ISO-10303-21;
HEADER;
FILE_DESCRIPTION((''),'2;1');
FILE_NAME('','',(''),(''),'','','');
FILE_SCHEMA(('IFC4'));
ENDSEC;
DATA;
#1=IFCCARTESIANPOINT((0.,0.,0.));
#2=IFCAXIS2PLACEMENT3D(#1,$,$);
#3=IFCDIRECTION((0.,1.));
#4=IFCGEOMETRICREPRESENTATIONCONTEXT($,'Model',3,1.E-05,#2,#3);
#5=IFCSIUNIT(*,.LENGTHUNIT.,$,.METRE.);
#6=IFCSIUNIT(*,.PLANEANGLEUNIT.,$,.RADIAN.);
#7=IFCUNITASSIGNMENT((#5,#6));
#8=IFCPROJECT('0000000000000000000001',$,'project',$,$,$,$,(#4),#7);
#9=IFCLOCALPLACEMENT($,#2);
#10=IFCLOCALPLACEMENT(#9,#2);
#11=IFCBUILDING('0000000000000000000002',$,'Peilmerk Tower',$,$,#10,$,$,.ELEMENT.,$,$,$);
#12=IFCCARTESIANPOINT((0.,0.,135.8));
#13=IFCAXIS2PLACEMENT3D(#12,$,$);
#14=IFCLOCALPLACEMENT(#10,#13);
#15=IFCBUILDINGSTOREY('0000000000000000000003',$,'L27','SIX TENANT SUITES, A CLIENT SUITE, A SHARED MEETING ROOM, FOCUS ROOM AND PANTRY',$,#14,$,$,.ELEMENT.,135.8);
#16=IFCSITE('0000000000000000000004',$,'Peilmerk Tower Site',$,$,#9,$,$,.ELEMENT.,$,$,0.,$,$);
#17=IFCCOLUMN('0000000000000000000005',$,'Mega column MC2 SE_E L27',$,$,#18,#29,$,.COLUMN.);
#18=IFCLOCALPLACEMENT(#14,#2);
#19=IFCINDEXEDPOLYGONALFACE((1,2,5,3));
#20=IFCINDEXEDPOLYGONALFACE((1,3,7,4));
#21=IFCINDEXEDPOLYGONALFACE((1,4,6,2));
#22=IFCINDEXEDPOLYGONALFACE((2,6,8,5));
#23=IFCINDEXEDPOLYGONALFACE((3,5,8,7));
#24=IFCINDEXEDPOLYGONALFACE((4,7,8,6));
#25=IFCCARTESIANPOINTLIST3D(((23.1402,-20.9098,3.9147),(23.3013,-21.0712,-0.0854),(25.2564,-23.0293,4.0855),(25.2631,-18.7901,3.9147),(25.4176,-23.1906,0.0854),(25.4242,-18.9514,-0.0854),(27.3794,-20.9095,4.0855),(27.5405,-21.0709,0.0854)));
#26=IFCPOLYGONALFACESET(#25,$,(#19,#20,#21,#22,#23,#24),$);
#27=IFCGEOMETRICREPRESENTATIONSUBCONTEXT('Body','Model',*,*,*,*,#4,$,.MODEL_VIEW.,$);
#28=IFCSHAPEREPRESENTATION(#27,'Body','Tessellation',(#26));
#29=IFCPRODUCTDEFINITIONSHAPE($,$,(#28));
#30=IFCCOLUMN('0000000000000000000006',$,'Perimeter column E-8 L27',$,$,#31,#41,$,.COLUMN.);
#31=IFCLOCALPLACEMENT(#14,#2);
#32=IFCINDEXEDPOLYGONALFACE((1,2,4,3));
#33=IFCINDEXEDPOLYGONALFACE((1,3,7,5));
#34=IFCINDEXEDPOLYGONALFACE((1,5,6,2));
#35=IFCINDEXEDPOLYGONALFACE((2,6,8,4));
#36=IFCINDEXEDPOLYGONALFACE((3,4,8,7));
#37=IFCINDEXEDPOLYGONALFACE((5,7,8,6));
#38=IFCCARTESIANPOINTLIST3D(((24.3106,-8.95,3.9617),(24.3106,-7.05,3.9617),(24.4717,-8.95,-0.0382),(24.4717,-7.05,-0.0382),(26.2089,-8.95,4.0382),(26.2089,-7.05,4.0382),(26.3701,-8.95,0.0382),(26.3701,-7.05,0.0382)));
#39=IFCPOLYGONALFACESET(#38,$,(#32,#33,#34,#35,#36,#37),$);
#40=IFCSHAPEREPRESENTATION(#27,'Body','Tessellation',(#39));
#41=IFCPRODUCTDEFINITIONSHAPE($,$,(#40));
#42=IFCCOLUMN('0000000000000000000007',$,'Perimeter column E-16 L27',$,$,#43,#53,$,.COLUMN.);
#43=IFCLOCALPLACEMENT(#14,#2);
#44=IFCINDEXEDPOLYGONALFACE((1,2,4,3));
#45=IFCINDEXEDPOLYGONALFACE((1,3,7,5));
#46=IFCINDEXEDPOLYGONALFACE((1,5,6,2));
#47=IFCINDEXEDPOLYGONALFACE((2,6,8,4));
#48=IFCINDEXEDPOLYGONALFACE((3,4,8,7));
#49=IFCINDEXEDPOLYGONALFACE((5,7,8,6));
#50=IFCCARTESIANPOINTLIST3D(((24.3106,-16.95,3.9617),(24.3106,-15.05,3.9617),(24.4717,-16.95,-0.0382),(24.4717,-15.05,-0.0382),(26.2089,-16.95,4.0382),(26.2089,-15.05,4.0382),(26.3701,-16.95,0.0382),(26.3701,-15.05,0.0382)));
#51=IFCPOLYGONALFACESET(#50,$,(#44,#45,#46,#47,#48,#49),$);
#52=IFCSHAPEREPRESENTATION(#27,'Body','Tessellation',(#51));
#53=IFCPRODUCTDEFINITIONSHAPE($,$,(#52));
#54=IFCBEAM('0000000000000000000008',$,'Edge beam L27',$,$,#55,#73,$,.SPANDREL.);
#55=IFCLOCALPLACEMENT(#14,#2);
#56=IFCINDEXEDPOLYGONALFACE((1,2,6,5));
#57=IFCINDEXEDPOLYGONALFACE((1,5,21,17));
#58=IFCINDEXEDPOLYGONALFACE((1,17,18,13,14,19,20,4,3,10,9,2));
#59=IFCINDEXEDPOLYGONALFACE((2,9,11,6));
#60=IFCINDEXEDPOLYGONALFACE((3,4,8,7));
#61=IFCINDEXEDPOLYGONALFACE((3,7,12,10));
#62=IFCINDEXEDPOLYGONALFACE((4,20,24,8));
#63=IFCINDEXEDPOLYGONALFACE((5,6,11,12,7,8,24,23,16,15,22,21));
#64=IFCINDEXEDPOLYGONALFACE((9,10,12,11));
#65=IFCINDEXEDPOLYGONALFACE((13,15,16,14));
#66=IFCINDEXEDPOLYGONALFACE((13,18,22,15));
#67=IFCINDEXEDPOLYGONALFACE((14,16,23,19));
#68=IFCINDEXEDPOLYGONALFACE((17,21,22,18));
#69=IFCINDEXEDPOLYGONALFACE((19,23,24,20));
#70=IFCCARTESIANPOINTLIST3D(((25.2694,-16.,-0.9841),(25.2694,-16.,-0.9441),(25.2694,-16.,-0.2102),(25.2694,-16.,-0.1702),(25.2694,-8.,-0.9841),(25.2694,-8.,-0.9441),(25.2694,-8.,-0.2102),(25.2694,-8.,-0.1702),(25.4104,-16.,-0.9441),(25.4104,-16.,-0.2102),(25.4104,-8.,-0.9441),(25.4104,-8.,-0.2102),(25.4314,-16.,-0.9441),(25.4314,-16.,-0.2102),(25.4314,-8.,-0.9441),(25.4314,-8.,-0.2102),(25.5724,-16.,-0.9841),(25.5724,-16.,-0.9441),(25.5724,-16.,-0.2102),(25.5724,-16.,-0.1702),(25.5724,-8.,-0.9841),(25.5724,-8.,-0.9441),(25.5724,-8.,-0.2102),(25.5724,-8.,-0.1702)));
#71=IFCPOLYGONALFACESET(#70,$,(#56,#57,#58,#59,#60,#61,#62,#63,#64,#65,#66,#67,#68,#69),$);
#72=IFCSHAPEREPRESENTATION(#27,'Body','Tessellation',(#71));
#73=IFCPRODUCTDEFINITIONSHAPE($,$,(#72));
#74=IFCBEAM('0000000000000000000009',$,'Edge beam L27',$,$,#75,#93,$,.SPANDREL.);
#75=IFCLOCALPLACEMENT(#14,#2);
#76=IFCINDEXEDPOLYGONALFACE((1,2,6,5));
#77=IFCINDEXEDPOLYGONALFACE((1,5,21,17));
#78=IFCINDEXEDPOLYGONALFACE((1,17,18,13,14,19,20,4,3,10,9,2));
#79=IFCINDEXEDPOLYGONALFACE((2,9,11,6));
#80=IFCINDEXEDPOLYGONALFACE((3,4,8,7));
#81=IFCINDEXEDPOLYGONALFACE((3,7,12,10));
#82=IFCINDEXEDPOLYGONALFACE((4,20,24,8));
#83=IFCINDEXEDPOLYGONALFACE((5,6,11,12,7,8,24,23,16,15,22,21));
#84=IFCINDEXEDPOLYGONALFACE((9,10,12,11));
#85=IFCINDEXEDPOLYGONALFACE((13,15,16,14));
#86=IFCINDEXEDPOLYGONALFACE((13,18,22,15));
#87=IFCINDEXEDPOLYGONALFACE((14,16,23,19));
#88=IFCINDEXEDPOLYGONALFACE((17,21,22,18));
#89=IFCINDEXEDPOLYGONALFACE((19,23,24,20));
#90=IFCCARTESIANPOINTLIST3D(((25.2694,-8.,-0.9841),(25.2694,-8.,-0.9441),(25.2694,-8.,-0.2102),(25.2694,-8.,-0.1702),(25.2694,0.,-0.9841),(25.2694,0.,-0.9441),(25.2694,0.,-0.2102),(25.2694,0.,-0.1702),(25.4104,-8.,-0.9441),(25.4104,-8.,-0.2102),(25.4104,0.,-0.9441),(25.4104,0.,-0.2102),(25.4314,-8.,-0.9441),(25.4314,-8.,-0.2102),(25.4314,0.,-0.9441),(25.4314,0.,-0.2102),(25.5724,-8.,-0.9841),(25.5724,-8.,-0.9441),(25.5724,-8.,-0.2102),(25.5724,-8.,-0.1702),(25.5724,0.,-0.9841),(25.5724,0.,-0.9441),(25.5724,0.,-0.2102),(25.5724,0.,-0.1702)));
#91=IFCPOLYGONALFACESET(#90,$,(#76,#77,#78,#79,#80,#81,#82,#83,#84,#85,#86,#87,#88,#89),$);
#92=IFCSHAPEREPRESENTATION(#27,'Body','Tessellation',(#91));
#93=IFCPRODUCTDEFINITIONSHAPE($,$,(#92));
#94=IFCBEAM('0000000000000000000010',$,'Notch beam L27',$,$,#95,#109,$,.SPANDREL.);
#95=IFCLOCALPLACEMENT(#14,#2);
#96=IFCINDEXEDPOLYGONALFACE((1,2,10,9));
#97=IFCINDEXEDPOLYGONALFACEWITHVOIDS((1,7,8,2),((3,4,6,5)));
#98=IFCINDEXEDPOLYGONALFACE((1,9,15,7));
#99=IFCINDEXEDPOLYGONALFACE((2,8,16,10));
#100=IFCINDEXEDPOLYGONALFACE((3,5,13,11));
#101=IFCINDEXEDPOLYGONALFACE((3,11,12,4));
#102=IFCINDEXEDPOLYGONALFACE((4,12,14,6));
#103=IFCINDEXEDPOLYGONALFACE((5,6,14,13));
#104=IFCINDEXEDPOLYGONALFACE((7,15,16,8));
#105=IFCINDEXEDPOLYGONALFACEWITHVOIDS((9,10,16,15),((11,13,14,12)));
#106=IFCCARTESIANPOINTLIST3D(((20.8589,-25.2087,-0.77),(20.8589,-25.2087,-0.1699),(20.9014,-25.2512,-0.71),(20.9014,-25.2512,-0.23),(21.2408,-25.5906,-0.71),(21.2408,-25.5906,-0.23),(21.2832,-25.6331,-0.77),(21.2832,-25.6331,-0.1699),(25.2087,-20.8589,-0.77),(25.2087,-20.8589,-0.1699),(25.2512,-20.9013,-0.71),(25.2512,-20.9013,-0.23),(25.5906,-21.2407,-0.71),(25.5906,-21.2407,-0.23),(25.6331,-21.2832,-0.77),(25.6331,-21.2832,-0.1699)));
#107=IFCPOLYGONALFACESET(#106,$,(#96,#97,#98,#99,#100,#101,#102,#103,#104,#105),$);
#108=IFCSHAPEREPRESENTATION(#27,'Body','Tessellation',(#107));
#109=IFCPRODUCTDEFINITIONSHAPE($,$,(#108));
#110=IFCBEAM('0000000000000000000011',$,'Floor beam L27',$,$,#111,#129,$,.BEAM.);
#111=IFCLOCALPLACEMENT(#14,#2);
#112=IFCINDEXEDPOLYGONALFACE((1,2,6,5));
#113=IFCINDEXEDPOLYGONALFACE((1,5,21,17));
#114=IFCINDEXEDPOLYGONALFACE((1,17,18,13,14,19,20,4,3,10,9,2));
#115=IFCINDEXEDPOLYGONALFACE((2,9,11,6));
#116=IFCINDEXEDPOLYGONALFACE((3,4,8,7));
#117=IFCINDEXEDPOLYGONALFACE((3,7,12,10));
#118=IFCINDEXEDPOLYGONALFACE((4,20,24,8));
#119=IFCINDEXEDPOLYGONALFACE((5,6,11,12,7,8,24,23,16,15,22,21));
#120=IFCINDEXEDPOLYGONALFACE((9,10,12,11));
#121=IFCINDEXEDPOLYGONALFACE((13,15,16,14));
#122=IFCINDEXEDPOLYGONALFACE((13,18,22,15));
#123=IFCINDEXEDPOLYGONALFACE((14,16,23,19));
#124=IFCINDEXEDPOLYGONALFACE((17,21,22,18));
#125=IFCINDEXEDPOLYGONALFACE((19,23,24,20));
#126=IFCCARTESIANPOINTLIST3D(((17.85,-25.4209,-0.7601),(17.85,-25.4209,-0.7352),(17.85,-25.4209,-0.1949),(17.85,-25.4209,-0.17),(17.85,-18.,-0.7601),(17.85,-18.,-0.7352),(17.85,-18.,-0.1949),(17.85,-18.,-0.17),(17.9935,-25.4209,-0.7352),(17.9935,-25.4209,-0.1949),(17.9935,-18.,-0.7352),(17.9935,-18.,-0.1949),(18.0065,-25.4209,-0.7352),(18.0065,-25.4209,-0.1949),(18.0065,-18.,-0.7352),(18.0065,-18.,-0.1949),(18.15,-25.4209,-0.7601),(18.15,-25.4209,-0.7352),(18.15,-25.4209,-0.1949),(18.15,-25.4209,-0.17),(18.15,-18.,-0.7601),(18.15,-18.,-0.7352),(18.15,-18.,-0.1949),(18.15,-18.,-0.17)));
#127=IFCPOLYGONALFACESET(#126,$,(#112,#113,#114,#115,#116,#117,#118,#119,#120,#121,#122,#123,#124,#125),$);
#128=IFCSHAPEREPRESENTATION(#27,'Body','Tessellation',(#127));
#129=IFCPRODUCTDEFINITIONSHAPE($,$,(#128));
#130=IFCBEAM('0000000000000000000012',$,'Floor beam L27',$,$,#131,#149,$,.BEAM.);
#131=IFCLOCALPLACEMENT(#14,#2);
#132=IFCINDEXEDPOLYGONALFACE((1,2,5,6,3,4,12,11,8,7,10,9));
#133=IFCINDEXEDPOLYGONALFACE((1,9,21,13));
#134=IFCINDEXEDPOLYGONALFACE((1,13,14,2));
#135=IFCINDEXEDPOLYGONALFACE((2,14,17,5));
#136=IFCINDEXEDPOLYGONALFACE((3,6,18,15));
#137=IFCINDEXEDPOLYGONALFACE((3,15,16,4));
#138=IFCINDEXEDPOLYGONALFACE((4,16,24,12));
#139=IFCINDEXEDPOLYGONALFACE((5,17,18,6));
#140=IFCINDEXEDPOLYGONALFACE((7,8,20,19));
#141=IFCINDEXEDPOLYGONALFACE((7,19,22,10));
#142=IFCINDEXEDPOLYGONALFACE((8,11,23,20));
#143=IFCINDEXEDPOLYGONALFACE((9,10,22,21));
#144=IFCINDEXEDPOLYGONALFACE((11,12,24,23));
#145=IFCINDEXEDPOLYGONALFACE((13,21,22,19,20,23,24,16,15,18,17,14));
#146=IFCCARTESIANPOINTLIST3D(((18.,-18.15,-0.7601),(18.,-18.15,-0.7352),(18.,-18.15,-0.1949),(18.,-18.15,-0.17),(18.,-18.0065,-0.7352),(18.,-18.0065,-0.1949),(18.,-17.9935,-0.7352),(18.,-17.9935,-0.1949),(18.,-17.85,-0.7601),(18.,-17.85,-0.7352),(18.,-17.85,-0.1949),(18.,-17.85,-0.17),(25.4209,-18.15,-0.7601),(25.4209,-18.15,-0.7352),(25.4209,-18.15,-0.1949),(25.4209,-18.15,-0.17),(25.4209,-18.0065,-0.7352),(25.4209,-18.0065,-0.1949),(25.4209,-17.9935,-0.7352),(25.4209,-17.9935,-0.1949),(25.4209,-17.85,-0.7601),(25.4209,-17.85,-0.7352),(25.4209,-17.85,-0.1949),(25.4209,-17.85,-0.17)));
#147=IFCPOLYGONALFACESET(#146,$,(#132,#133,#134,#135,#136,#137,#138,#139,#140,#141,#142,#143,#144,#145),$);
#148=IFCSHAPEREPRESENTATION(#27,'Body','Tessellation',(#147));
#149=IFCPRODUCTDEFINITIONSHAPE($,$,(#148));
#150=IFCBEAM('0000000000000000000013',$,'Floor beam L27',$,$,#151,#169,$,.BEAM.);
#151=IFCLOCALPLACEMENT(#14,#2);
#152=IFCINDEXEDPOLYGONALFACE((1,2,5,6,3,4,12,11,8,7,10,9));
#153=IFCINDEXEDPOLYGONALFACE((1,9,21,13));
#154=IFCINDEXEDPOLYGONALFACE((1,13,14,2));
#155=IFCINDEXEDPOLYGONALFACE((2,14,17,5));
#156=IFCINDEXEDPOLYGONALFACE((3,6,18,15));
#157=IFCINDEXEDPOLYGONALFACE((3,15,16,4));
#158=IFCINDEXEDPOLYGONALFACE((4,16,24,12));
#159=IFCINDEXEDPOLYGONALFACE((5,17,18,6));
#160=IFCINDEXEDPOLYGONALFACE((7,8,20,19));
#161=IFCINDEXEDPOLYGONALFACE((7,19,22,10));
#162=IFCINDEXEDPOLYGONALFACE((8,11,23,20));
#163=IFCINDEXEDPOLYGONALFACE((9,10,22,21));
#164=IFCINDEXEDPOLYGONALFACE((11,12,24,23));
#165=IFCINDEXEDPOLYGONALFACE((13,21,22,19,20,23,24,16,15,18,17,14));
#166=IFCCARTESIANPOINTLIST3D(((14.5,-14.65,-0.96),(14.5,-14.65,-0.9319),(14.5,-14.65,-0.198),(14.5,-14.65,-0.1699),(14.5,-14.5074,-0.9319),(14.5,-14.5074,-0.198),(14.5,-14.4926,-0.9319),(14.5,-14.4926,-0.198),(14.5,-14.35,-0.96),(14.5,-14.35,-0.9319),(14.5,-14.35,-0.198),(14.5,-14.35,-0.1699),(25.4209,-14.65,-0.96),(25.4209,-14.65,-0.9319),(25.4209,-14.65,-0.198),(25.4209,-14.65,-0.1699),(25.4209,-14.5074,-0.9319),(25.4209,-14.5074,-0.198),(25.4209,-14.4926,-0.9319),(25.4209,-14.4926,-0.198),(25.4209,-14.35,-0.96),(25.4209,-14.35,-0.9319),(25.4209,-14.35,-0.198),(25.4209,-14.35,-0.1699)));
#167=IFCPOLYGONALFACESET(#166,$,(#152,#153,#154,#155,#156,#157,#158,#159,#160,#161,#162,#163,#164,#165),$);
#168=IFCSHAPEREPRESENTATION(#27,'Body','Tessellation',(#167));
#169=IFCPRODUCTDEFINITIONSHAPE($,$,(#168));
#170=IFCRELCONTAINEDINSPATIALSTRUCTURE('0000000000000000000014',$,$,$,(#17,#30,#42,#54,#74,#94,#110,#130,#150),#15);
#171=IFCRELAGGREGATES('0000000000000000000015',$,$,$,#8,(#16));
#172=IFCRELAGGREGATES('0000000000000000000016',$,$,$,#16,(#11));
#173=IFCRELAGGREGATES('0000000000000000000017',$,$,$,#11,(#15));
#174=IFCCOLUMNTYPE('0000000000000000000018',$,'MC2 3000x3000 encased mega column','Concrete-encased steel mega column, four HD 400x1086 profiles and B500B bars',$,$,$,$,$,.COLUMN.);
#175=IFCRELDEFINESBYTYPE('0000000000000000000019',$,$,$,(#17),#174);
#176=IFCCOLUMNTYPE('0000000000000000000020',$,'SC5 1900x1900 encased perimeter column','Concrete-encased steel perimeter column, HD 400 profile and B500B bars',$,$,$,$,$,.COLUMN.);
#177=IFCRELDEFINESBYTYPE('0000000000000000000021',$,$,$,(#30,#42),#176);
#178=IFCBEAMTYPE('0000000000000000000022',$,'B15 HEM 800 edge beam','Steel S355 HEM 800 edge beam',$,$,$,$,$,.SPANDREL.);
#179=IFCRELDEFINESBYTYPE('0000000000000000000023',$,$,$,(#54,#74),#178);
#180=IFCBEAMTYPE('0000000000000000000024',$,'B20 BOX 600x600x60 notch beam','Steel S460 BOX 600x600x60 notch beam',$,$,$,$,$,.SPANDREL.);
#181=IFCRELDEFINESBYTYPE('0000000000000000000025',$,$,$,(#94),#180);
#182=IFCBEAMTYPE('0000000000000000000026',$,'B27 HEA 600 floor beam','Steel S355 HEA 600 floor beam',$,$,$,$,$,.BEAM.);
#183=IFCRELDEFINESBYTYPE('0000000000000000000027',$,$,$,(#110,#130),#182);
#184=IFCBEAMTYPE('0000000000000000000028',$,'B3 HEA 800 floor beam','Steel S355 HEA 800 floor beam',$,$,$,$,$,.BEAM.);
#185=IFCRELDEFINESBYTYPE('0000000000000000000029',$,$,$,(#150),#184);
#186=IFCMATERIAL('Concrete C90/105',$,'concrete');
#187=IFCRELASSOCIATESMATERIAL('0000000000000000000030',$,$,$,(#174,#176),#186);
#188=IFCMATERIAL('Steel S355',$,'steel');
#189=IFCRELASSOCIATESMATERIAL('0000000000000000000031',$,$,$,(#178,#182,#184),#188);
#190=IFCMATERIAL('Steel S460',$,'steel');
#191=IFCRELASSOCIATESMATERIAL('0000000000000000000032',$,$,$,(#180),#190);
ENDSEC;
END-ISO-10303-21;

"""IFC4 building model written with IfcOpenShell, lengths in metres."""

from ifc_helpers import new_model, si_unit, direction, frame, origin, origin_2d, place, context, subcontext, project, spatial, rectangle, hollow_rectangle, i_section, extrude, material, material_profile, profile_set, type_object, element, save


model = new_model("IFC4")

# Units and contexts
model_context = context("Model", 3, precision=1e-05, world=origin(), true_north=direction((0.0, 1.0)))
body_context = subcontext(model_context, "Body", "Model", "MODEL_VIEW")
ifc_project = project(units=[si_unit("LENGTHUNIT", "METRE"), si_unit("PLANEANGLEUNIT", "RADIAN")], contexts=[model_context])

# Site, building, storey
site_placement = place(None, origin())
site = spatial("IfcSite", under=ifc_project, at=site_placement, Name="Peilmerk Tower Site", CompositionType="ELEMENT", RefElevation=0.0)
building_placement = place(site_placement, origin())
building = spatial("IfcBuilding", under=site, at=building_placement, Name="Peilmerk Tower", CompositionType="ELEMENT")
storey_placement = place(building_placement, frame((0.0, 0.0, 135.8)))
storey = spatial("IfcBuildingStorey", under=building, at=storey_placement, Name="L27", Description="SIX TENANT SUITES, A CLIENT SUITE, A SHARED MEETING ROOM, FOCUS ROOM AND PANTRY", CompositionType="ELEMENT", Elevation=135.8)

# Columns
ifc_material_1 = material(Name="Concrete C90/105", Category="concrete")
ifc_material_profile_1 = material_profile(ifc_material_1, rectangle(XDim=3.0, YDim=3.0, at=origin_2d()), Name="RC 3000x3000")
ifc_profile_set_1 = profile_set([ifc_material_profile_1], Name="Concrete C90/105")
column_type_1 = type_object("IfcColumnType", Name="MC2 3000x3000 encased mega column", Description="Concrete-encased steel mega column, four HD 400x1086 profiles and B500B bars", PredefinedType="COLUMN", material=ifc_profile_set_1)
column_placement = place(storey_placement, frame((25.4209, -21.071, 0.0), z_axis=(-0.040218, 0.040279, 0.998379), x_axis=(-0.707642, -0.706571, 0.0)))
element("IfcColumn", 1, at=column_placement, inside=storey, type_object=column_type_1, Name="Mega column MC2 SE_E L27", PredefinedType="COLUMN", context=body_context, shape_type="SweptSolid", body=[
    extrude(rectangle(XDim=3.0, YDim=3.0, at=origin_2d()), origin(), (0.0, 0.0, 1.0), 4.0066),
])
ifc_material_profile_2 = material_profile(ifc_material_1, rectangle(XDim=1.8999, YDim=1.8999, at=origin_2d()), Name="RC 1900x1900")
ifc_profile_set_2 = profile_set([ifc_material_profile_2], Name="Concrete C90/105")
column_type_2 = type_object("IfcColumnType", Name="SC5 1900x1900 encased perimeter column", Description="Concrete-encased steel perimeter column, HD 400 profile and B500B bars", PredefinedType="COLUMN", material=ifc_profile_set_2)
for number, where, z_axis, x_axis, name in (
    (2, (25.4209, -8.0, 0.0), (-0.040251, 0.0, 0.99919), (0.0, -1.0, 0.0), "Perimeter column E-8 L27"),
    (3, (25.4209, -16.0, 0.0), (-0.040251, 0.0, 0.99919), (0.0, -1.0, 0.0), "Perimeter column E-16 L27"),
):
    element("IfcColumn", number, at=place(storey_placement, frame(where, z_axis=z_axis, x_axis=x_axis)), inside=storey, type_object=column_type_2, Name=name, PredefinedType="COLUMN", context=body_context, shape_type="SweptSolid", body=[
        extrude(rectangle(XDim=1.8999, YDim=1.8999, at=origin_2d()), origin(), (0.0, 0.0, 1.0), 4.0032),
    ])

# Beams
ifc_material_2 = material(Name="Steel S355", Category="steel")
ifc_material_profile_3 = material_profile(ifc_material_2, i_section(OverallWidth=0.303, OverallDepth=0.814, WebThickness=0.021, FlangeThickness=0.04, at=origin_2d()), Name="HEM 800")
ifc_profile_set_3 = profile_set([ifc_material_profile_3], Name="Steel S355")
beam_type_1 = type_object("IfcBeamType", Name="B15 HEM 800 edge beam", Description="Steel S355 HEM 800 edge beam", PredefinedType="SPANDREL", material=ifc_profile_set_3)
for number, where, z_axis, x_axis, name in (
    (4, (25.4209, -16.0, -0.5771), (0.0, 1.0, 0.0), (-1.0, 0.0, 0.0), "Edge beam L27"),
    (5, (25.4209, -8.0, -0.5771), (0.0, 1.0, 0.0), (-1.0, 0.0, 0.0), "Edge beam L27"),
):
    element("IfcBeam", number, at=place(storey_placement, frame(where, z_axis=z_axis, x_axis=x_axis)), inside=storey, type_object=beam_type_1, Name=name, PredefinedType="SPANDREL", context=body_context, shape_type="SweptSolid", body=[
        extrude(i_section(OverallWidth=0.303, OverallDepth=0.814, WebThickness=0.021, FlangeThickness=0.04, at=origin_2d()), origin(), (0.0, 0.0, 1.0), 8.0),
    ])
ifc_material_3 = material(Name="Steel S460", Category="steel")
ifc_material_profile_4 = material_profile(ifc_material_3, hollow_rectangle(XDim=0.6001, YDim=0.6001, WallThickness=0.0601, at=origin_2d()), Name="BOX 600x600x60")
ifc_profile_set_4 = profile_set([ifc_material_profile_4], Name="Steel S460")
beam_type_2 = type_object("IfcBeamType", Name="B20 BOX 600x600x60 notch beam", Description="Steel S460 BOX 600x600x60 notch beam", PredefinedType="SPANDREL", material=ifc_profile_set_4)
beam_1_placement = place(storey_placement, frame((25.4209, -21.071, -0.47), z_axis=(-0.707107, -0.707107, 0.0), x_axis=(0.707107, -0.707107, 0.0)))
element("IfcBeam", 6, at=beam_1_placement, inside=storey, type_object=beam_type_2, Name="Notch beam L27", PredefinedType="SPANDREL", context=body_context, shape_type="SweptSolid", body=[
    extrude(hollow_rectangle(XDim=0.6001, YDim=0.6001, WallThickness=0.0601, at=origin_2d()), origin(), (0.0, 0.0, 1.0), 6.1516),
])
ifc_material_profile_5 = material_profile(ifc_material_2, i_section(OverallWidth=0.3, OverallDepth=0.5901, WebThickness=0.0129, FlangeThickness=0.0249, at=origin_2d()), Name="HEA 600")
ifc_profile_set_5 = profile_set([ifc_material_profile_5], Name="Steel S355")
beam_type_3 = type_object("IfcBeamType", Name="B27 HEA 600 floor beam", Description="Steel S355 HEA 600 floor beam", PredefinedType="BEAM", material=ifc_profile_set_5)
for number, where, z_axis, x_axis, name in (
    (7, (18.0, -18.0, -0.4651), (0.0, -1.0, 0.0), (1.0, 0.0, 0.0), "Floor beam L27"),
    (8, (18.0, -18.0, -0.4651), (1.0, 0.0, 0.0), (0.0, 1.0, 0.0), "Floor beam L27"),
):
    element("IfcBeam", number, at=place(storey_placement, frame(where, z_axis=z_axis, x_axis=x_axis)), inside=storey, type_object=beam_type_3, Name=name, PredefinedType="BEAM", context=body_context, shape_type="SweptSolid", body=[
        extrude(i_section(OverallWidth=0.3, OverallDepth=0.5901, WebThickness=0.0129, FlangeThickness=0.0249, at=origin_2d()), origin(), (0.0, 0.0, 1.0), 7.4209),
    ])
ifc_material_profile_6 = material_profile(ifc_material_2, i_section(OverallWidth=0.3, OverallDepth=0.79, WebThickness=0.0149, FlangeThickness=0.0281, at=origin_2d()), Name="HEA 800")
ifc_profile_set_6 = profile_set([ifc_material_profile_6], Name="Steel S355")
beam_type_4 = type_object("IfcBeamType", Name="B3 HEA 800 floor beam", Description="Steel S355 HEA 800 floor beam", PredefinedType="BEAM", material=ifc_profile_set_6)
beam_2_placement = place(storey_placement, frame((14.5, -14.5, -0.5649), z_axis=(1.0, 0.0, 0.0), x_axis=(0.0, 1.0, 0.0)))
element("IfcBeam", 9, at=beam_2_placement, inside=storey, type_object=beam_type_4, Name="Floor beam L27", PredefinedType="BEAM", context=body_context, shape_type="SweptSolid", body=[
    extrude(i_section(OverallWidth=0.3, OverallDepth=0.79, WebThickness=0.0149, FlangeThickness=0.0281, at=origin_2d()), origin(), (0.0, 0.0, 1.0), 10.9209),
])

save(model, "model.ifc")
